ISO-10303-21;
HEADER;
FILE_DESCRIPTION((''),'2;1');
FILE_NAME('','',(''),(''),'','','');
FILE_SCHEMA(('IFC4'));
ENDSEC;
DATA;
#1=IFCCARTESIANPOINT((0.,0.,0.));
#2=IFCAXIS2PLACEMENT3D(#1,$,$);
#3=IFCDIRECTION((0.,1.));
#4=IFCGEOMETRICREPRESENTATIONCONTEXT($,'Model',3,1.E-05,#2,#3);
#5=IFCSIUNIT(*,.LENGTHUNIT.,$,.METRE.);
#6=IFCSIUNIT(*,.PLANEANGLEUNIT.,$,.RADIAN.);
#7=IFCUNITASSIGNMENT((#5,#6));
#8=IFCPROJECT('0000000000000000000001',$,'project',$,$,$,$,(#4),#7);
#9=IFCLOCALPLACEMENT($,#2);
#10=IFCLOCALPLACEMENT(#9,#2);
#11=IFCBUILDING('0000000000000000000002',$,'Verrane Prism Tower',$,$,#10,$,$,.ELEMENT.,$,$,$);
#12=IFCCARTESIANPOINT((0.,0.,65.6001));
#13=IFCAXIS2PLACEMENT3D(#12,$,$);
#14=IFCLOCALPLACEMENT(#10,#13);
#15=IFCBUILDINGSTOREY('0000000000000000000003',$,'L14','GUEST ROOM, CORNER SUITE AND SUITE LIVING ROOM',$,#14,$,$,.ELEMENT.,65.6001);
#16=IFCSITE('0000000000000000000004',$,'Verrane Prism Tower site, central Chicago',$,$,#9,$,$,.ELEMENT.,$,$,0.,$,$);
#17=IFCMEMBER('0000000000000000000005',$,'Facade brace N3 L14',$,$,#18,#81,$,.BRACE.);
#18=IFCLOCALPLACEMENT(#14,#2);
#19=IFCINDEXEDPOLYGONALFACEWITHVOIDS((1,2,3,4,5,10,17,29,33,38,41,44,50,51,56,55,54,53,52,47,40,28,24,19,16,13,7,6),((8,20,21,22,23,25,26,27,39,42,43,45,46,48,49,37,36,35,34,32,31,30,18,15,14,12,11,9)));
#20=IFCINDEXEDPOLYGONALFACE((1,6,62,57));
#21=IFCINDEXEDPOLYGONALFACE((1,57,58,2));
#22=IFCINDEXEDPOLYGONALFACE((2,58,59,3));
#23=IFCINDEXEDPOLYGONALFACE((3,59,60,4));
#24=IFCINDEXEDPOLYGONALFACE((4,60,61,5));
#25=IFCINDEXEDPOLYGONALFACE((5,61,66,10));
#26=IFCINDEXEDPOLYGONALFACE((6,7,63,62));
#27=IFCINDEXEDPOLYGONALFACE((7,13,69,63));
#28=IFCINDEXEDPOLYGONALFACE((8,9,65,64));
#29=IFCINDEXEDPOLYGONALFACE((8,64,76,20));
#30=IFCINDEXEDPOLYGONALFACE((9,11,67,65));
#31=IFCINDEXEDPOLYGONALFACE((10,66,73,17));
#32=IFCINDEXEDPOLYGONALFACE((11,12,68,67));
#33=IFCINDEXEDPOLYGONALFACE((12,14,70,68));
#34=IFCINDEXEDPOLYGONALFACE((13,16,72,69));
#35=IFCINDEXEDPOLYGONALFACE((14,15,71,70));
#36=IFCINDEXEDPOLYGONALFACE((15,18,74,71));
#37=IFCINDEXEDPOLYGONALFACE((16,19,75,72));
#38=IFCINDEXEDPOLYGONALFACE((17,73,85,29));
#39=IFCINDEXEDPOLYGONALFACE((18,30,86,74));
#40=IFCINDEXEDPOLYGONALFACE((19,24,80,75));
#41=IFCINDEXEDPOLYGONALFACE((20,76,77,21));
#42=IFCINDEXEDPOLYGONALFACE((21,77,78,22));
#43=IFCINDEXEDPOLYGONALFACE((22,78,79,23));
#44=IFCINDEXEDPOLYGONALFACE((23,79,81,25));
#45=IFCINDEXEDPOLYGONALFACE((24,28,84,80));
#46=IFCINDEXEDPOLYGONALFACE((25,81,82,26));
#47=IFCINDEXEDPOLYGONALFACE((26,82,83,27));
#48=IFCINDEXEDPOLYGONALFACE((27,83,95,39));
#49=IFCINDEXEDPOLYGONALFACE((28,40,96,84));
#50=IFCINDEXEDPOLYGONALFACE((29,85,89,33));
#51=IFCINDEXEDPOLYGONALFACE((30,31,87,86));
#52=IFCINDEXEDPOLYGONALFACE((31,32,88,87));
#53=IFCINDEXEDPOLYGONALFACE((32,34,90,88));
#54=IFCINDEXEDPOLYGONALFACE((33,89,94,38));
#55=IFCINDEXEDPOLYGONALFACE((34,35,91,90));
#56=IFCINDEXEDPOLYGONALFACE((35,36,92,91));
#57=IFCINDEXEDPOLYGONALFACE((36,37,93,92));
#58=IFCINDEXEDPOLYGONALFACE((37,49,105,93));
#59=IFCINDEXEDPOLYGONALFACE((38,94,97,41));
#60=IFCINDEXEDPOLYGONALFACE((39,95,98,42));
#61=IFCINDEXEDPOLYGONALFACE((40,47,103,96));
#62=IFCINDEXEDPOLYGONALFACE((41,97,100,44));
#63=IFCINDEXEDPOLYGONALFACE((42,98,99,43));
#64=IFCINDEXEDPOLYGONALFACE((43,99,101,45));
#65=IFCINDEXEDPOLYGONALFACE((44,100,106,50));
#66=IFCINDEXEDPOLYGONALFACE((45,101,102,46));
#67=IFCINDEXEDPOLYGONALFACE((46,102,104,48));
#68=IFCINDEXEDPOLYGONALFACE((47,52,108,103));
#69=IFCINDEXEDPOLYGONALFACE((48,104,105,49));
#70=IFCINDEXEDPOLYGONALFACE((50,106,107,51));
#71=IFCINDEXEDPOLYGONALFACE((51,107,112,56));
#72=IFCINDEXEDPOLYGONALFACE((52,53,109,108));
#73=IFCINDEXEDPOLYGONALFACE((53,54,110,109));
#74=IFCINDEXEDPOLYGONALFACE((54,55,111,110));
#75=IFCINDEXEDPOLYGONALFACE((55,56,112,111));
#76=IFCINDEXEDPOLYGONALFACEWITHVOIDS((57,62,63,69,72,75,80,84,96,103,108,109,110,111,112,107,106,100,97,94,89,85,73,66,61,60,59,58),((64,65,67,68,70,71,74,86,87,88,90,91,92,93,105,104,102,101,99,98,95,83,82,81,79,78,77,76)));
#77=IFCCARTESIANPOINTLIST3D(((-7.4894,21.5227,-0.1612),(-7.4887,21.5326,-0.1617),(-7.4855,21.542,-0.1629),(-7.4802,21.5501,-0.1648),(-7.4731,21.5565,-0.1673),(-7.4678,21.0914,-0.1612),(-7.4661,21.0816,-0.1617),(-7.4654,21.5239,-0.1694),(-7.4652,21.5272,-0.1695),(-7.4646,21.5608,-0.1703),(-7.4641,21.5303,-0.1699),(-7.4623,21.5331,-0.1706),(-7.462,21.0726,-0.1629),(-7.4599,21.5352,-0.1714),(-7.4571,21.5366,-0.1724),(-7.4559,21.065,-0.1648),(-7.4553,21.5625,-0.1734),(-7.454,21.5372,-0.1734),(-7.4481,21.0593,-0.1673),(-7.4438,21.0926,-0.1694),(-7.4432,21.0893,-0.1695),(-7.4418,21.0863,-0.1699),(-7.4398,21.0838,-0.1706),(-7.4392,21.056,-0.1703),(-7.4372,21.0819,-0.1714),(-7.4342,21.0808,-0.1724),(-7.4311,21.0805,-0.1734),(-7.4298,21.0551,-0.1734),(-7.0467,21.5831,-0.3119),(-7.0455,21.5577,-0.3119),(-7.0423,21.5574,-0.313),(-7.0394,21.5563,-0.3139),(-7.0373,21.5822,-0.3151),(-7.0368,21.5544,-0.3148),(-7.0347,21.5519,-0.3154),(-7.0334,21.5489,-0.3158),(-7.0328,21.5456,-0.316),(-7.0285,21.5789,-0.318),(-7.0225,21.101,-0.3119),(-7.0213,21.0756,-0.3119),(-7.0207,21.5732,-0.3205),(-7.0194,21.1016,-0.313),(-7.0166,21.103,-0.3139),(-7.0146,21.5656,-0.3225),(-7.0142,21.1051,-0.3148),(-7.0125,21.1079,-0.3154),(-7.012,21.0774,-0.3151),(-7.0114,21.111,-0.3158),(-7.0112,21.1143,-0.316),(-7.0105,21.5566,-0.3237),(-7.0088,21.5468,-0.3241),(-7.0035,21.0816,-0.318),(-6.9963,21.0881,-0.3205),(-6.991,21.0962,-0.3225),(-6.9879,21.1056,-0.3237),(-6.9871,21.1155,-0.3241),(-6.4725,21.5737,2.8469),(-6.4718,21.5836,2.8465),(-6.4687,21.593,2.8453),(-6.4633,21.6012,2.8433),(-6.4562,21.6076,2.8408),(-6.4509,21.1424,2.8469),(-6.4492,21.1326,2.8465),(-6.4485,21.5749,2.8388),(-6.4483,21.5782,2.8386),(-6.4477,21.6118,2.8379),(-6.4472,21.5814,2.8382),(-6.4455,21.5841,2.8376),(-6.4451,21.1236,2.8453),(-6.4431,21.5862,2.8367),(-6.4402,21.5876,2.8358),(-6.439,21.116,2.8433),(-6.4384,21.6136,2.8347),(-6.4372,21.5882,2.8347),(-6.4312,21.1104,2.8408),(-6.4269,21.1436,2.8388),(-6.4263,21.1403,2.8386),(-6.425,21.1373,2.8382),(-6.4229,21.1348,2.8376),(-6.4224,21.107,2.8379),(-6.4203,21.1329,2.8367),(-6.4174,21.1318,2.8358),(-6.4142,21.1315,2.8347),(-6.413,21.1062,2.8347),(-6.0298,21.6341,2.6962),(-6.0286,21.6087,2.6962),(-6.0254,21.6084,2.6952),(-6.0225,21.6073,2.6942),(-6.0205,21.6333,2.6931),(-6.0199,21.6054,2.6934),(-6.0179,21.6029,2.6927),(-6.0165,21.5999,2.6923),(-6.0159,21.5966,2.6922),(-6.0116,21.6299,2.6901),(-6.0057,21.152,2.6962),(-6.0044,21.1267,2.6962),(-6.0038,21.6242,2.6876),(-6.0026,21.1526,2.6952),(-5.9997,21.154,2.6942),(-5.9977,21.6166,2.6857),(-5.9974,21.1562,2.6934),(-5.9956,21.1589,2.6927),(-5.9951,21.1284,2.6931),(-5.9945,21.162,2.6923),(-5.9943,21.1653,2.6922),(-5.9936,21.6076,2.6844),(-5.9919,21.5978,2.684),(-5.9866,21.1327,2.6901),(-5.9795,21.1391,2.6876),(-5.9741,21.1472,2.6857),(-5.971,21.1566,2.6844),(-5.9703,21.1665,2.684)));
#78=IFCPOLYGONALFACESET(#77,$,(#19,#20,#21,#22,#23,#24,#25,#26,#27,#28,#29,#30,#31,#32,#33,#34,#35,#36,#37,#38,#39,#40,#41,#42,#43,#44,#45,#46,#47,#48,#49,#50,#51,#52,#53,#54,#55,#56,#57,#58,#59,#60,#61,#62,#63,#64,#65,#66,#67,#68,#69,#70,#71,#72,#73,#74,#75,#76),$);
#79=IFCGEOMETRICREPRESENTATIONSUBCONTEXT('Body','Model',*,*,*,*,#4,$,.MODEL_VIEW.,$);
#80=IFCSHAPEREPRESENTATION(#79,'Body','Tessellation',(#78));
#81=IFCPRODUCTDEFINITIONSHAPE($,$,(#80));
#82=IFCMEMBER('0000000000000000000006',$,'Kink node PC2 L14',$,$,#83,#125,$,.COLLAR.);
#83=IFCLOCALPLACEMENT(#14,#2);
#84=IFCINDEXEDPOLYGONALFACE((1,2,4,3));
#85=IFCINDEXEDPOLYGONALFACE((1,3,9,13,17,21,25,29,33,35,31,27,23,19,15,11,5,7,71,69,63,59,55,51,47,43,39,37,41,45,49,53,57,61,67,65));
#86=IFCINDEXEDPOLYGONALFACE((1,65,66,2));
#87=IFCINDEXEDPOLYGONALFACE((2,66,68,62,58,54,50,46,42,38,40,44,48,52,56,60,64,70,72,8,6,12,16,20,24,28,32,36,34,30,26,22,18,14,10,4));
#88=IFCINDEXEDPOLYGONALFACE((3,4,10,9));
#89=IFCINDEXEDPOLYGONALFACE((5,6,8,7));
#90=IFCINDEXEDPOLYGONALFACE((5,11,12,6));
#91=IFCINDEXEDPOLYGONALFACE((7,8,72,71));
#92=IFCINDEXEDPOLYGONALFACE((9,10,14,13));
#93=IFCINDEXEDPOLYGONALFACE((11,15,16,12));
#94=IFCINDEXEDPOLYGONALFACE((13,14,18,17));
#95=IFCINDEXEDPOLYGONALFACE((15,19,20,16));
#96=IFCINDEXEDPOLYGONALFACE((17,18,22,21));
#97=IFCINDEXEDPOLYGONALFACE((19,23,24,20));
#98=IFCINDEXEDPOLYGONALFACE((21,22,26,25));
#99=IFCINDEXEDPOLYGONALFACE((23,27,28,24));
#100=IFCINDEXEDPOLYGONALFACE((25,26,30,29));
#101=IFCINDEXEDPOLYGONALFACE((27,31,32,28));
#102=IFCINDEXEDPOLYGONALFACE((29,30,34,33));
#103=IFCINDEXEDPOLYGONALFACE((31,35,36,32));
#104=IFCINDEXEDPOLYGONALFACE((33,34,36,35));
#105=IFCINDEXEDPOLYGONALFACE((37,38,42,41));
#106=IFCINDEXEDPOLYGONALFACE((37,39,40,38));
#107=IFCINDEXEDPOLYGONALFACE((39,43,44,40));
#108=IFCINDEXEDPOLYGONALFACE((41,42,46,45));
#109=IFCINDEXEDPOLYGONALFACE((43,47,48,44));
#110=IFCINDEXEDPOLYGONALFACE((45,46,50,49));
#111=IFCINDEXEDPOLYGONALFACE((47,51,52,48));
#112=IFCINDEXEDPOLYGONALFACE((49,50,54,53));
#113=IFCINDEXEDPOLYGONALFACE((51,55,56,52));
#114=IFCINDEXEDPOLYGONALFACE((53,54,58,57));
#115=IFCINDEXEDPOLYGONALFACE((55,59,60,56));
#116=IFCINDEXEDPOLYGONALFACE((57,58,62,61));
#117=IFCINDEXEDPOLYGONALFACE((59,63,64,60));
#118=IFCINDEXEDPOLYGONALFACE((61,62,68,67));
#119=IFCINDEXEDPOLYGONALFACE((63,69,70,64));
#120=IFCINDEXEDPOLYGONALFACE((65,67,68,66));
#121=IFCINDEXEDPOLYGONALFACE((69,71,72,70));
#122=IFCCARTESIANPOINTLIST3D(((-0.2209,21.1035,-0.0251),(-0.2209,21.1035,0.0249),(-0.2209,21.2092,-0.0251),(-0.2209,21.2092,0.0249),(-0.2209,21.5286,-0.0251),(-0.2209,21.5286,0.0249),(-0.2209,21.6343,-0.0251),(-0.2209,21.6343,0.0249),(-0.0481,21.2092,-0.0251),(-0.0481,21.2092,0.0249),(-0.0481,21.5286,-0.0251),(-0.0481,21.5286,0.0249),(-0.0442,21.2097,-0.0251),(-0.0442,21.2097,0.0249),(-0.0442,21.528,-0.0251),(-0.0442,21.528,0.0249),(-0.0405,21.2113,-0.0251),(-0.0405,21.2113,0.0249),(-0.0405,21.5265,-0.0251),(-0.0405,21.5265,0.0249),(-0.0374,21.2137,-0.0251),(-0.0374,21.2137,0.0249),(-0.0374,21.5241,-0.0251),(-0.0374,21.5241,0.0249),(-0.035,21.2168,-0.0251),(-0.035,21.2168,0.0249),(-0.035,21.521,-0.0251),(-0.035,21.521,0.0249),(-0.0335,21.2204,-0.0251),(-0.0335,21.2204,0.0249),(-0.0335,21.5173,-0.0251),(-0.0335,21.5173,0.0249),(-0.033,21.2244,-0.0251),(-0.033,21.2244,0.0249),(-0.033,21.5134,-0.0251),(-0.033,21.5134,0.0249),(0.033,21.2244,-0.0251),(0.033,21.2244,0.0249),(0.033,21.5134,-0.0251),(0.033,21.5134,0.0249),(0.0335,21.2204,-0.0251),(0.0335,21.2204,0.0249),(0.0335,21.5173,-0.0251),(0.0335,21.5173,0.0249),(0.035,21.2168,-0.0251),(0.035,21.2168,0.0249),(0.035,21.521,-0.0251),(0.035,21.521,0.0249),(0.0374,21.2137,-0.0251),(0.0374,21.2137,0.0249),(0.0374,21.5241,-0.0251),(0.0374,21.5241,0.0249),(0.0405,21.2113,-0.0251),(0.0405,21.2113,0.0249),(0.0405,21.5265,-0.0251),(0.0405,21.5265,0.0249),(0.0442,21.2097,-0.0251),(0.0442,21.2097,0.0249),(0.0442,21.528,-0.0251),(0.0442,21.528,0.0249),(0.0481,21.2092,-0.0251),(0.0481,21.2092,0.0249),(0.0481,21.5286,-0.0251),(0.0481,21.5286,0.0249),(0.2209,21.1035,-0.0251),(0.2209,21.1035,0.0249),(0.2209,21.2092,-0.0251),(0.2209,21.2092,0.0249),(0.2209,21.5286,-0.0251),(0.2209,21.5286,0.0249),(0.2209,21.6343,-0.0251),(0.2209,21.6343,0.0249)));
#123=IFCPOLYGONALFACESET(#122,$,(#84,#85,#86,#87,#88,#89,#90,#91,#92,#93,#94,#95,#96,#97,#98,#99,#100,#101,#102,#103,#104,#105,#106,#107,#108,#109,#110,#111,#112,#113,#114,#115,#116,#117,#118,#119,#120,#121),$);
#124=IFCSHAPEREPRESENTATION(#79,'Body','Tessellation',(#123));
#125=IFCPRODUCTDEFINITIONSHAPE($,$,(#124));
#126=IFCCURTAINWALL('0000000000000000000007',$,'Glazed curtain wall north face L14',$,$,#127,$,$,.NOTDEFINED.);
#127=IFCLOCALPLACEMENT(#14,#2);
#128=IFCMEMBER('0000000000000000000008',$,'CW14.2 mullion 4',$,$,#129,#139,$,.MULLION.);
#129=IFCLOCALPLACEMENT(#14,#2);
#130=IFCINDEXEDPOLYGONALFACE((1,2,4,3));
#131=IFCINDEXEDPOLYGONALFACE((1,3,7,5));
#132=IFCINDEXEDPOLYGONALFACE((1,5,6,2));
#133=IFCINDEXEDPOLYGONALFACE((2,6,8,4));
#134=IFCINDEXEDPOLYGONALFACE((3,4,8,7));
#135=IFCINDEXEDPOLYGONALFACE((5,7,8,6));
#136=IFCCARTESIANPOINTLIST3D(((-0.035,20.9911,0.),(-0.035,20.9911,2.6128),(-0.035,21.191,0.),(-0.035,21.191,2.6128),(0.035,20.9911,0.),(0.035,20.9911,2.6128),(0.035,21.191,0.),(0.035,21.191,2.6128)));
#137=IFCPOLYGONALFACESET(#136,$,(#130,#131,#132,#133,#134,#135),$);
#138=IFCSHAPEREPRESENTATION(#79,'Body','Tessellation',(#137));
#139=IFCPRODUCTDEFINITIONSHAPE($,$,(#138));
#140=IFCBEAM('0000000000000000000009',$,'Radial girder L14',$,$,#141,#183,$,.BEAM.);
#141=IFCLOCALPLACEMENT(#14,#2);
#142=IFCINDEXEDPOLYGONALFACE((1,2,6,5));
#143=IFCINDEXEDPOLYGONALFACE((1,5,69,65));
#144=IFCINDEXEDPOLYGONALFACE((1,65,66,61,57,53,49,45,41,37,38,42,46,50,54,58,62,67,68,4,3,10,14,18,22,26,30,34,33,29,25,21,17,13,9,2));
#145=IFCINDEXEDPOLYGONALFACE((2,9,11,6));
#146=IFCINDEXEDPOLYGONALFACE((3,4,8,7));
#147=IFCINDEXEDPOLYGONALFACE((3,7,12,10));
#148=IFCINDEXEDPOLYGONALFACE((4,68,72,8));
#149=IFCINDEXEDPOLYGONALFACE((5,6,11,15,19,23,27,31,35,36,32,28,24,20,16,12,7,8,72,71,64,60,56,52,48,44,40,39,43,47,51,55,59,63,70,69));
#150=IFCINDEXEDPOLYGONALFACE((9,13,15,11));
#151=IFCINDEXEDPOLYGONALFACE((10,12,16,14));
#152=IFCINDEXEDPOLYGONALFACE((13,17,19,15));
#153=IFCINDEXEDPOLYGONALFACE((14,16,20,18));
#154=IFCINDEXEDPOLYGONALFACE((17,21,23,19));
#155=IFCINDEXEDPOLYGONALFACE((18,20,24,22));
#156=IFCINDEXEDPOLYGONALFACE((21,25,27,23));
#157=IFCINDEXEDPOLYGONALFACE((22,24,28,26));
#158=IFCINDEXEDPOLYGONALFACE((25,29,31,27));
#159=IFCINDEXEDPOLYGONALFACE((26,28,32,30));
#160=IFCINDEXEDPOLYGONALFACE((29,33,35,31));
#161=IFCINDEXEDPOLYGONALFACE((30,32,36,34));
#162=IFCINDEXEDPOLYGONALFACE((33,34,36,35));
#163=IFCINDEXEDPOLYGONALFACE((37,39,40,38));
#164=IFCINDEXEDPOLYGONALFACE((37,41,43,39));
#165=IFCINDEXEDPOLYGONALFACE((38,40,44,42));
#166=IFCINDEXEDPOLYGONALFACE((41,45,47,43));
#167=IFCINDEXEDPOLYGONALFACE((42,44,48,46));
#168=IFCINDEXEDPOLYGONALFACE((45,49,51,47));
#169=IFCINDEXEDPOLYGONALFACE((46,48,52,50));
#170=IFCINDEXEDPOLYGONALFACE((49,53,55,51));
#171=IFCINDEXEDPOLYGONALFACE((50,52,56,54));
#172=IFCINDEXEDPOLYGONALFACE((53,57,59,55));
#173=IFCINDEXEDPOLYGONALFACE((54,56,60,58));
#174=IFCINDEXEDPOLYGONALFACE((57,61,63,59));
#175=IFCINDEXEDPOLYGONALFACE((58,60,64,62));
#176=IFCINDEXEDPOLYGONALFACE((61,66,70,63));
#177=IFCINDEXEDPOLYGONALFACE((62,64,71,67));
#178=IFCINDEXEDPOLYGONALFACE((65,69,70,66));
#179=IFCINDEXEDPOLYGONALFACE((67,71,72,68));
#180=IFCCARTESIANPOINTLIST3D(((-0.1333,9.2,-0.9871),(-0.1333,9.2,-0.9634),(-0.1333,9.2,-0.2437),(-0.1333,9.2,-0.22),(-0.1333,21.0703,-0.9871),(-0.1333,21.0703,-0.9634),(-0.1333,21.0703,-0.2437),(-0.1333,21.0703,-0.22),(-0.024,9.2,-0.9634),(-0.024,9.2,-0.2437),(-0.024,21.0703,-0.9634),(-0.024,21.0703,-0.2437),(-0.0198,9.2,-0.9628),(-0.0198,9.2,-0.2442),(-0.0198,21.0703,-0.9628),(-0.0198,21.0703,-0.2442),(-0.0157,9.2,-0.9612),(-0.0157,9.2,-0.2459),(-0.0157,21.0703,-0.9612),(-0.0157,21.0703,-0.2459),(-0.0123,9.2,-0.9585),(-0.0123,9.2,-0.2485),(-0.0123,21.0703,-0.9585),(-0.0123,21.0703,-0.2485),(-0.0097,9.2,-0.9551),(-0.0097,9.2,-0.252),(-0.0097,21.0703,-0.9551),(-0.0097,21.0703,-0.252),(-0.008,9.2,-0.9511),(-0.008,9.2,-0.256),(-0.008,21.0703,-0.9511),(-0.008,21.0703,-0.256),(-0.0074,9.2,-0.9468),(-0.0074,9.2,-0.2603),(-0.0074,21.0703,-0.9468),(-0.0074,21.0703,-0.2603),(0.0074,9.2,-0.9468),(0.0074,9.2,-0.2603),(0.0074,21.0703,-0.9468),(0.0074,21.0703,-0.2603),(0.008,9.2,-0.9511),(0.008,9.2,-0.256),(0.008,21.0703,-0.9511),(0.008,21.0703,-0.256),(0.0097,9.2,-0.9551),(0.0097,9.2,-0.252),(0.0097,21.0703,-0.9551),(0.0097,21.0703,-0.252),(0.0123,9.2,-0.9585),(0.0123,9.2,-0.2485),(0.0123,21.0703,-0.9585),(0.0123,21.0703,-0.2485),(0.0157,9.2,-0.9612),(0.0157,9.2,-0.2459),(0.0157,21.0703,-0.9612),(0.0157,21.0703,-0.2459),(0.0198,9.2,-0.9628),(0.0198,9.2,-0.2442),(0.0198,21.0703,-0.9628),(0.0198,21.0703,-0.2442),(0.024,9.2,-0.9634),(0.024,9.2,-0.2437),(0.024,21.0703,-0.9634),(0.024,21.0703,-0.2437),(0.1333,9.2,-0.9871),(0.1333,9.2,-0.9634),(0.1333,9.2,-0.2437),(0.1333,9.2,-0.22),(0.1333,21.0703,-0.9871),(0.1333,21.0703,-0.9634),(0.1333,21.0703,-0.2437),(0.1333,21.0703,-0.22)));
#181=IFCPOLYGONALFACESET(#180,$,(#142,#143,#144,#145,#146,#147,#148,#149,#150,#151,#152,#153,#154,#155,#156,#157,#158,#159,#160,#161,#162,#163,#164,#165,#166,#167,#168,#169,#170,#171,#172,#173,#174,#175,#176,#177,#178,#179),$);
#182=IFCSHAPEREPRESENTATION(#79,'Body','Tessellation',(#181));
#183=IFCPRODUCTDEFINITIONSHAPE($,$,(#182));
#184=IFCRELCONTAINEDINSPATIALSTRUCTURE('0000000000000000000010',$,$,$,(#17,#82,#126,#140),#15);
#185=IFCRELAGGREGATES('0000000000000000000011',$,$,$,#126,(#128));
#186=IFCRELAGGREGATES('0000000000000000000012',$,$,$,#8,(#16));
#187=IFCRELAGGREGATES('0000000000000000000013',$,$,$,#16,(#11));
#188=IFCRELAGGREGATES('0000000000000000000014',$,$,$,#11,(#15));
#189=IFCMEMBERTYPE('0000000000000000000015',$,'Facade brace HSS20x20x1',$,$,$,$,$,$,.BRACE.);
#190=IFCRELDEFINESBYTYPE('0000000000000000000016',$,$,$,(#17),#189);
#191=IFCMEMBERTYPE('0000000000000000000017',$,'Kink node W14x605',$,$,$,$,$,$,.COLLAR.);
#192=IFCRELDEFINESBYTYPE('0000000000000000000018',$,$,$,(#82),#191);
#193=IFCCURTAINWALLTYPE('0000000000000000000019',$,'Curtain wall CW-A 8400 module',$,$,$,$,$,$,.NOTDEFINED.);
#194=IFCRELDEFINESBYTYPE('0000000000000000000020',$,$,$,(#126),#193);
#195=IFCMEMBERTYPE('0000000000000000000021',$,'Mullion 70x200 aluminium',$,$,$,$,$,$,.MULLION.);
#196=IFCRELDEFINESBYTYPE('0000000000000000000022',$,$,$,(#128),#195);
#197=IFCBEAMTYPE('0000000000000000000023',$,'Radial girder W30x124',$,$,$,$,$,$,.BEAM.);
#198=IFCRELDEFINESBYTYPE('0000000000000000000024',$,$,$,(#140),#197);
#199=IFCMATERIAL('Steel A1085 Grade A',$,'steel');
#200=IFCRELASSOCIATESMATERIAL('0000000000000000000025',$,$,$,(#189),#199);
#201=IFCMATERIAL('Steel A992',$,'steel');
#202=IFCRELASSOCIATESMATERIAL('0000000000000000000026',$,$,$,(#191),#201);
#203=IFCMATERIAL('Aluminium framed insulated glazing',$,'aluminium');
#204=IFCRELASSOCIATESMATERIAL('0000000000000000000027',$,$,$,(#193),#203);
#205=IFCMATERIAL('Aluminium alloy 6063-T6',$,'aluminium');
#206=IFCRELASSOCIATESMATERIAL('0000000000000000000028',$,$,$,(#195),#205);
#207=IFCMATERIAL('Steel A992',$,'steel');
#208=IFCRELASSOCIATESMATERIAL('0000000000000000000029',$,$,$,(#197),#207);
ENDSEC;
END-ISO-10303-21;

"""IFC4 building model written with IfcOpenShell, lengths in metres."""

from ifc_helpers import new_model, si_unit, direction, frame, origin, origin_2d, place, context, subcontext, project, spatial, rectangle, hollow_rectangle, i_section, extrude, material, material_profile, profile_set, type_object, element, aggregate, save


model = new_model("IFC4")

# Units and contexts
model_context = context("Model", 3, precision=1e-05, world=origin(), true_north=direction((0.0, 1.0)))
body_context = subcontext(model_context, "Body", "Model", "MODEL_VIEW")
ifc_project = project(units=[si_unit("LENGTHUNIT", "METRE"), si_unit("PLANEANGLEUNIT", "RADIAN")], contexts=[model_context])

# Site, building, storey
site_placement = place(None, origin())
site = spatial("IfcSite", under=ifc_project, at=site_placement, Name="Verrane Prism Tower site, central Chicago", CompositionType="ELEMENT", RefElevation=0.0)
building_placement = place(site_placement, origin())
building = spatial("IfcBuilding", under=site, at=building_placement, Name="Verrane Prism Tower", CompositionType="ELEMENT")
storey_placement = place(building_placement, frame((0.0, 0.0, 65.6001)))
storey = spatial("IfcBuildingStorey", under=building, at=storey_placement, Name="L14", Description="GUEST ROOM, CORNER SUITE AND SUITE LIVING ROOM", CompositionType="ELEMENT", Elevation=65.6001)

# Members
ifc_material_1 = material(Name="Steel A1085 Grade A", Category="steel")
ifc_material_profile_1 = material_profile(ifc_material_1, hollow_rectangle(XDim=0.5081, YDim=0.5081, WallThickness=0.0254, InnerFilletRadius=0.0127, OuterFilletRadius=0.0381, at=origin_2d()), Name="HSS20x20x1")
ifc_profile_set_1 = profile_set([ifc_material_profile_1], Name="Steel A1085 Grade A")
member_type_1 = type_object("IfcMemberType", Name="Facade brace HSS20x20x1", PredefinedType="BRACE", material=ifc_profile_set_1)
member_1_placement = place(storey_placement, frame((-7.2383, 21.3191, -0.2427), z_axis=(0.320197, 0.016068, 0.947215), x_axis=(-0.050117, 0.998743, 0.0)))
element("IfcMember", 1, at=member_1_placement, inside=storey, type_object=member_type_1, Name="Facade brace N3 L14", PredefinedType="BRACE", context=body_context, shape_type="SweptSolid", body=[
    extrude(hollow_rectangle(XDim=0.5081, YDim=0.5081, WallThickness=0.0254, InnerFilletRadius=0.0127, OuterFilletRadius=0.0381, at=origin_2d()), origin(), (0.0, 0.0, 1.0), 3.1758),
])
ifc_material_2 = material(Name="Steel A992", Category="steel")
ifc_material_profile_2 = material_profile(ifc_material_2, i_section(OverallWidth=0.4419, OverallDepth=0.5308, WebThickness=0.0659, FlangeThickness=0.1057, FilletRadius=0.0151, at=origin_2d()), Name="W14x605")
ifc_profile_set_2 = profile_set([ifc_material_profile_2], Name="Steel A992")
member_type_2 = type_object("IfcMemberType", Name="Kink node W14x605", PredefinedType="COLLAR", material=ifc_profile_set_2)
member_2_placement = place(storey_placement, frame((0.0, 21.3689, -0.0251), z_axis=(0.0, 0.0, 1.0), x_axis=(1.0, 0.0, 0.0)))
element("IfcMember", 2, at=member_2_placement, inside=storey, type_object=member_type_2, Name="Kink node PC2 L14", PredefinedType="COLLAR", context=body_context, shape_type="SweptSolid", body=[
    extrude(i_section(OverallWidth=0.4419, OverallDepth=0.5308, WebThickness=0.0659, FlangeThickness=0.1057, FilletRadius=0.0151, at=origin_2d()), origin(), (0.0, 0.0, 1.0), 0.05),
])

# Curtain wall, member
ifc_material_3 = material(Name="Aluminium framed insulated glazing", Category="aluminium")
curtain_wall_type = type_object("IfcCurtainWallType", Name="Curtain wall CW-A 8400 module", PredefinedType="NOTDEFINED", material=ifc_material_3)
curtain_wall_placement = place(storey_placement, origin())
curtain_wall = element("IfcCurtainWall", 3, at=curtain_wall_placement, inside=storey, type_object=curtain_wall_type, Name="Glazed curtain wall north face L14", PredefinedType="NOTDEFINED")
ifc_material_4 = material(Name="Aluminium alloy 6063-T6", Category="aluminium")
ifc_material_profile_3 = material_profile(ifc_material_4, rectangle(XDim=0.2, YDim=0.0701, at=origin_2d()), Name="Mullion 70x200 aluminium")
ifc_profile_set_3 = profile_set([ifc_material_profile_3], Name="Aluminium alloy 6063-T6")
member_type_3 = type_object("IfcMemberType", Name="Mullion 70x200 aluminium", PredefinedType="MULLION", material=ifc_profile_set_3)
member_3_placement = place(storey_placement, frame((0.0, 21.0911, 0.0), z_axis=(0.0, 0.0, 1.0), x_axis=(0.0, -1.0, 0.0)))
member_3 = element("IfcMember", 4, at=member_3_placement, type_object=member_type_3, Name="CW14.2 mullion 4", PredefinedType="MULLION", context=body_context, shape_type="SweptSolid", body=[
    extrude(rectangle(XDim=0.2, YDim=0.0701, at=origin_2d()), origin(), (0.0, 0.0, 1.0), 2.6128),
])

# Beam
ifc_material_5 = material(Name="Steel A992", Category="steel")
ifc_material_profile_4 = material_profile(ifc_material_5, i_section(OverallWidth=0.2666, OverallDepth=0.7671, WebThickness=0.0149, FlangeThickness=0.0237, FilletRadius=0.0166, at=origin_2d()), Name="W30x124")
ifc_profile_set_4 = profile_set([ifc_material_profile_4], Name="Steel A992")
beam_type_1 = type_object("IfcBeamType", Name="Radial girder W30x124", PredefinedType="BEAM", material=ifc_profile_set_4)
beam_1_placement = place(storey_placement, frame((0.0, 21.0703, -0.6035), z_axis=(0.0, -1.0, 0.0), x_axis=(1.0, 0.0, 0.0)))
element("IfcBeam", 5, at=beam_1_placement, inside=storey, type_object=beam_type_1, Name="Radial girder L14", PredefinedType="BEAM", context=body_context, shape_type="SweptSolid", body=[
    extrude(i_section(OverallWidth=0.2666, OverallDepth=0.7671, WebThickness=0.0149, FlangeThickness=0.0237, FilletRadius=0.0166, at=origin_2d()), origin(), (0.0, 0.0, 1.0), 11.8704),
])

aggregate(curtain_wall, [member_3])

save(model, "model.ifc")
